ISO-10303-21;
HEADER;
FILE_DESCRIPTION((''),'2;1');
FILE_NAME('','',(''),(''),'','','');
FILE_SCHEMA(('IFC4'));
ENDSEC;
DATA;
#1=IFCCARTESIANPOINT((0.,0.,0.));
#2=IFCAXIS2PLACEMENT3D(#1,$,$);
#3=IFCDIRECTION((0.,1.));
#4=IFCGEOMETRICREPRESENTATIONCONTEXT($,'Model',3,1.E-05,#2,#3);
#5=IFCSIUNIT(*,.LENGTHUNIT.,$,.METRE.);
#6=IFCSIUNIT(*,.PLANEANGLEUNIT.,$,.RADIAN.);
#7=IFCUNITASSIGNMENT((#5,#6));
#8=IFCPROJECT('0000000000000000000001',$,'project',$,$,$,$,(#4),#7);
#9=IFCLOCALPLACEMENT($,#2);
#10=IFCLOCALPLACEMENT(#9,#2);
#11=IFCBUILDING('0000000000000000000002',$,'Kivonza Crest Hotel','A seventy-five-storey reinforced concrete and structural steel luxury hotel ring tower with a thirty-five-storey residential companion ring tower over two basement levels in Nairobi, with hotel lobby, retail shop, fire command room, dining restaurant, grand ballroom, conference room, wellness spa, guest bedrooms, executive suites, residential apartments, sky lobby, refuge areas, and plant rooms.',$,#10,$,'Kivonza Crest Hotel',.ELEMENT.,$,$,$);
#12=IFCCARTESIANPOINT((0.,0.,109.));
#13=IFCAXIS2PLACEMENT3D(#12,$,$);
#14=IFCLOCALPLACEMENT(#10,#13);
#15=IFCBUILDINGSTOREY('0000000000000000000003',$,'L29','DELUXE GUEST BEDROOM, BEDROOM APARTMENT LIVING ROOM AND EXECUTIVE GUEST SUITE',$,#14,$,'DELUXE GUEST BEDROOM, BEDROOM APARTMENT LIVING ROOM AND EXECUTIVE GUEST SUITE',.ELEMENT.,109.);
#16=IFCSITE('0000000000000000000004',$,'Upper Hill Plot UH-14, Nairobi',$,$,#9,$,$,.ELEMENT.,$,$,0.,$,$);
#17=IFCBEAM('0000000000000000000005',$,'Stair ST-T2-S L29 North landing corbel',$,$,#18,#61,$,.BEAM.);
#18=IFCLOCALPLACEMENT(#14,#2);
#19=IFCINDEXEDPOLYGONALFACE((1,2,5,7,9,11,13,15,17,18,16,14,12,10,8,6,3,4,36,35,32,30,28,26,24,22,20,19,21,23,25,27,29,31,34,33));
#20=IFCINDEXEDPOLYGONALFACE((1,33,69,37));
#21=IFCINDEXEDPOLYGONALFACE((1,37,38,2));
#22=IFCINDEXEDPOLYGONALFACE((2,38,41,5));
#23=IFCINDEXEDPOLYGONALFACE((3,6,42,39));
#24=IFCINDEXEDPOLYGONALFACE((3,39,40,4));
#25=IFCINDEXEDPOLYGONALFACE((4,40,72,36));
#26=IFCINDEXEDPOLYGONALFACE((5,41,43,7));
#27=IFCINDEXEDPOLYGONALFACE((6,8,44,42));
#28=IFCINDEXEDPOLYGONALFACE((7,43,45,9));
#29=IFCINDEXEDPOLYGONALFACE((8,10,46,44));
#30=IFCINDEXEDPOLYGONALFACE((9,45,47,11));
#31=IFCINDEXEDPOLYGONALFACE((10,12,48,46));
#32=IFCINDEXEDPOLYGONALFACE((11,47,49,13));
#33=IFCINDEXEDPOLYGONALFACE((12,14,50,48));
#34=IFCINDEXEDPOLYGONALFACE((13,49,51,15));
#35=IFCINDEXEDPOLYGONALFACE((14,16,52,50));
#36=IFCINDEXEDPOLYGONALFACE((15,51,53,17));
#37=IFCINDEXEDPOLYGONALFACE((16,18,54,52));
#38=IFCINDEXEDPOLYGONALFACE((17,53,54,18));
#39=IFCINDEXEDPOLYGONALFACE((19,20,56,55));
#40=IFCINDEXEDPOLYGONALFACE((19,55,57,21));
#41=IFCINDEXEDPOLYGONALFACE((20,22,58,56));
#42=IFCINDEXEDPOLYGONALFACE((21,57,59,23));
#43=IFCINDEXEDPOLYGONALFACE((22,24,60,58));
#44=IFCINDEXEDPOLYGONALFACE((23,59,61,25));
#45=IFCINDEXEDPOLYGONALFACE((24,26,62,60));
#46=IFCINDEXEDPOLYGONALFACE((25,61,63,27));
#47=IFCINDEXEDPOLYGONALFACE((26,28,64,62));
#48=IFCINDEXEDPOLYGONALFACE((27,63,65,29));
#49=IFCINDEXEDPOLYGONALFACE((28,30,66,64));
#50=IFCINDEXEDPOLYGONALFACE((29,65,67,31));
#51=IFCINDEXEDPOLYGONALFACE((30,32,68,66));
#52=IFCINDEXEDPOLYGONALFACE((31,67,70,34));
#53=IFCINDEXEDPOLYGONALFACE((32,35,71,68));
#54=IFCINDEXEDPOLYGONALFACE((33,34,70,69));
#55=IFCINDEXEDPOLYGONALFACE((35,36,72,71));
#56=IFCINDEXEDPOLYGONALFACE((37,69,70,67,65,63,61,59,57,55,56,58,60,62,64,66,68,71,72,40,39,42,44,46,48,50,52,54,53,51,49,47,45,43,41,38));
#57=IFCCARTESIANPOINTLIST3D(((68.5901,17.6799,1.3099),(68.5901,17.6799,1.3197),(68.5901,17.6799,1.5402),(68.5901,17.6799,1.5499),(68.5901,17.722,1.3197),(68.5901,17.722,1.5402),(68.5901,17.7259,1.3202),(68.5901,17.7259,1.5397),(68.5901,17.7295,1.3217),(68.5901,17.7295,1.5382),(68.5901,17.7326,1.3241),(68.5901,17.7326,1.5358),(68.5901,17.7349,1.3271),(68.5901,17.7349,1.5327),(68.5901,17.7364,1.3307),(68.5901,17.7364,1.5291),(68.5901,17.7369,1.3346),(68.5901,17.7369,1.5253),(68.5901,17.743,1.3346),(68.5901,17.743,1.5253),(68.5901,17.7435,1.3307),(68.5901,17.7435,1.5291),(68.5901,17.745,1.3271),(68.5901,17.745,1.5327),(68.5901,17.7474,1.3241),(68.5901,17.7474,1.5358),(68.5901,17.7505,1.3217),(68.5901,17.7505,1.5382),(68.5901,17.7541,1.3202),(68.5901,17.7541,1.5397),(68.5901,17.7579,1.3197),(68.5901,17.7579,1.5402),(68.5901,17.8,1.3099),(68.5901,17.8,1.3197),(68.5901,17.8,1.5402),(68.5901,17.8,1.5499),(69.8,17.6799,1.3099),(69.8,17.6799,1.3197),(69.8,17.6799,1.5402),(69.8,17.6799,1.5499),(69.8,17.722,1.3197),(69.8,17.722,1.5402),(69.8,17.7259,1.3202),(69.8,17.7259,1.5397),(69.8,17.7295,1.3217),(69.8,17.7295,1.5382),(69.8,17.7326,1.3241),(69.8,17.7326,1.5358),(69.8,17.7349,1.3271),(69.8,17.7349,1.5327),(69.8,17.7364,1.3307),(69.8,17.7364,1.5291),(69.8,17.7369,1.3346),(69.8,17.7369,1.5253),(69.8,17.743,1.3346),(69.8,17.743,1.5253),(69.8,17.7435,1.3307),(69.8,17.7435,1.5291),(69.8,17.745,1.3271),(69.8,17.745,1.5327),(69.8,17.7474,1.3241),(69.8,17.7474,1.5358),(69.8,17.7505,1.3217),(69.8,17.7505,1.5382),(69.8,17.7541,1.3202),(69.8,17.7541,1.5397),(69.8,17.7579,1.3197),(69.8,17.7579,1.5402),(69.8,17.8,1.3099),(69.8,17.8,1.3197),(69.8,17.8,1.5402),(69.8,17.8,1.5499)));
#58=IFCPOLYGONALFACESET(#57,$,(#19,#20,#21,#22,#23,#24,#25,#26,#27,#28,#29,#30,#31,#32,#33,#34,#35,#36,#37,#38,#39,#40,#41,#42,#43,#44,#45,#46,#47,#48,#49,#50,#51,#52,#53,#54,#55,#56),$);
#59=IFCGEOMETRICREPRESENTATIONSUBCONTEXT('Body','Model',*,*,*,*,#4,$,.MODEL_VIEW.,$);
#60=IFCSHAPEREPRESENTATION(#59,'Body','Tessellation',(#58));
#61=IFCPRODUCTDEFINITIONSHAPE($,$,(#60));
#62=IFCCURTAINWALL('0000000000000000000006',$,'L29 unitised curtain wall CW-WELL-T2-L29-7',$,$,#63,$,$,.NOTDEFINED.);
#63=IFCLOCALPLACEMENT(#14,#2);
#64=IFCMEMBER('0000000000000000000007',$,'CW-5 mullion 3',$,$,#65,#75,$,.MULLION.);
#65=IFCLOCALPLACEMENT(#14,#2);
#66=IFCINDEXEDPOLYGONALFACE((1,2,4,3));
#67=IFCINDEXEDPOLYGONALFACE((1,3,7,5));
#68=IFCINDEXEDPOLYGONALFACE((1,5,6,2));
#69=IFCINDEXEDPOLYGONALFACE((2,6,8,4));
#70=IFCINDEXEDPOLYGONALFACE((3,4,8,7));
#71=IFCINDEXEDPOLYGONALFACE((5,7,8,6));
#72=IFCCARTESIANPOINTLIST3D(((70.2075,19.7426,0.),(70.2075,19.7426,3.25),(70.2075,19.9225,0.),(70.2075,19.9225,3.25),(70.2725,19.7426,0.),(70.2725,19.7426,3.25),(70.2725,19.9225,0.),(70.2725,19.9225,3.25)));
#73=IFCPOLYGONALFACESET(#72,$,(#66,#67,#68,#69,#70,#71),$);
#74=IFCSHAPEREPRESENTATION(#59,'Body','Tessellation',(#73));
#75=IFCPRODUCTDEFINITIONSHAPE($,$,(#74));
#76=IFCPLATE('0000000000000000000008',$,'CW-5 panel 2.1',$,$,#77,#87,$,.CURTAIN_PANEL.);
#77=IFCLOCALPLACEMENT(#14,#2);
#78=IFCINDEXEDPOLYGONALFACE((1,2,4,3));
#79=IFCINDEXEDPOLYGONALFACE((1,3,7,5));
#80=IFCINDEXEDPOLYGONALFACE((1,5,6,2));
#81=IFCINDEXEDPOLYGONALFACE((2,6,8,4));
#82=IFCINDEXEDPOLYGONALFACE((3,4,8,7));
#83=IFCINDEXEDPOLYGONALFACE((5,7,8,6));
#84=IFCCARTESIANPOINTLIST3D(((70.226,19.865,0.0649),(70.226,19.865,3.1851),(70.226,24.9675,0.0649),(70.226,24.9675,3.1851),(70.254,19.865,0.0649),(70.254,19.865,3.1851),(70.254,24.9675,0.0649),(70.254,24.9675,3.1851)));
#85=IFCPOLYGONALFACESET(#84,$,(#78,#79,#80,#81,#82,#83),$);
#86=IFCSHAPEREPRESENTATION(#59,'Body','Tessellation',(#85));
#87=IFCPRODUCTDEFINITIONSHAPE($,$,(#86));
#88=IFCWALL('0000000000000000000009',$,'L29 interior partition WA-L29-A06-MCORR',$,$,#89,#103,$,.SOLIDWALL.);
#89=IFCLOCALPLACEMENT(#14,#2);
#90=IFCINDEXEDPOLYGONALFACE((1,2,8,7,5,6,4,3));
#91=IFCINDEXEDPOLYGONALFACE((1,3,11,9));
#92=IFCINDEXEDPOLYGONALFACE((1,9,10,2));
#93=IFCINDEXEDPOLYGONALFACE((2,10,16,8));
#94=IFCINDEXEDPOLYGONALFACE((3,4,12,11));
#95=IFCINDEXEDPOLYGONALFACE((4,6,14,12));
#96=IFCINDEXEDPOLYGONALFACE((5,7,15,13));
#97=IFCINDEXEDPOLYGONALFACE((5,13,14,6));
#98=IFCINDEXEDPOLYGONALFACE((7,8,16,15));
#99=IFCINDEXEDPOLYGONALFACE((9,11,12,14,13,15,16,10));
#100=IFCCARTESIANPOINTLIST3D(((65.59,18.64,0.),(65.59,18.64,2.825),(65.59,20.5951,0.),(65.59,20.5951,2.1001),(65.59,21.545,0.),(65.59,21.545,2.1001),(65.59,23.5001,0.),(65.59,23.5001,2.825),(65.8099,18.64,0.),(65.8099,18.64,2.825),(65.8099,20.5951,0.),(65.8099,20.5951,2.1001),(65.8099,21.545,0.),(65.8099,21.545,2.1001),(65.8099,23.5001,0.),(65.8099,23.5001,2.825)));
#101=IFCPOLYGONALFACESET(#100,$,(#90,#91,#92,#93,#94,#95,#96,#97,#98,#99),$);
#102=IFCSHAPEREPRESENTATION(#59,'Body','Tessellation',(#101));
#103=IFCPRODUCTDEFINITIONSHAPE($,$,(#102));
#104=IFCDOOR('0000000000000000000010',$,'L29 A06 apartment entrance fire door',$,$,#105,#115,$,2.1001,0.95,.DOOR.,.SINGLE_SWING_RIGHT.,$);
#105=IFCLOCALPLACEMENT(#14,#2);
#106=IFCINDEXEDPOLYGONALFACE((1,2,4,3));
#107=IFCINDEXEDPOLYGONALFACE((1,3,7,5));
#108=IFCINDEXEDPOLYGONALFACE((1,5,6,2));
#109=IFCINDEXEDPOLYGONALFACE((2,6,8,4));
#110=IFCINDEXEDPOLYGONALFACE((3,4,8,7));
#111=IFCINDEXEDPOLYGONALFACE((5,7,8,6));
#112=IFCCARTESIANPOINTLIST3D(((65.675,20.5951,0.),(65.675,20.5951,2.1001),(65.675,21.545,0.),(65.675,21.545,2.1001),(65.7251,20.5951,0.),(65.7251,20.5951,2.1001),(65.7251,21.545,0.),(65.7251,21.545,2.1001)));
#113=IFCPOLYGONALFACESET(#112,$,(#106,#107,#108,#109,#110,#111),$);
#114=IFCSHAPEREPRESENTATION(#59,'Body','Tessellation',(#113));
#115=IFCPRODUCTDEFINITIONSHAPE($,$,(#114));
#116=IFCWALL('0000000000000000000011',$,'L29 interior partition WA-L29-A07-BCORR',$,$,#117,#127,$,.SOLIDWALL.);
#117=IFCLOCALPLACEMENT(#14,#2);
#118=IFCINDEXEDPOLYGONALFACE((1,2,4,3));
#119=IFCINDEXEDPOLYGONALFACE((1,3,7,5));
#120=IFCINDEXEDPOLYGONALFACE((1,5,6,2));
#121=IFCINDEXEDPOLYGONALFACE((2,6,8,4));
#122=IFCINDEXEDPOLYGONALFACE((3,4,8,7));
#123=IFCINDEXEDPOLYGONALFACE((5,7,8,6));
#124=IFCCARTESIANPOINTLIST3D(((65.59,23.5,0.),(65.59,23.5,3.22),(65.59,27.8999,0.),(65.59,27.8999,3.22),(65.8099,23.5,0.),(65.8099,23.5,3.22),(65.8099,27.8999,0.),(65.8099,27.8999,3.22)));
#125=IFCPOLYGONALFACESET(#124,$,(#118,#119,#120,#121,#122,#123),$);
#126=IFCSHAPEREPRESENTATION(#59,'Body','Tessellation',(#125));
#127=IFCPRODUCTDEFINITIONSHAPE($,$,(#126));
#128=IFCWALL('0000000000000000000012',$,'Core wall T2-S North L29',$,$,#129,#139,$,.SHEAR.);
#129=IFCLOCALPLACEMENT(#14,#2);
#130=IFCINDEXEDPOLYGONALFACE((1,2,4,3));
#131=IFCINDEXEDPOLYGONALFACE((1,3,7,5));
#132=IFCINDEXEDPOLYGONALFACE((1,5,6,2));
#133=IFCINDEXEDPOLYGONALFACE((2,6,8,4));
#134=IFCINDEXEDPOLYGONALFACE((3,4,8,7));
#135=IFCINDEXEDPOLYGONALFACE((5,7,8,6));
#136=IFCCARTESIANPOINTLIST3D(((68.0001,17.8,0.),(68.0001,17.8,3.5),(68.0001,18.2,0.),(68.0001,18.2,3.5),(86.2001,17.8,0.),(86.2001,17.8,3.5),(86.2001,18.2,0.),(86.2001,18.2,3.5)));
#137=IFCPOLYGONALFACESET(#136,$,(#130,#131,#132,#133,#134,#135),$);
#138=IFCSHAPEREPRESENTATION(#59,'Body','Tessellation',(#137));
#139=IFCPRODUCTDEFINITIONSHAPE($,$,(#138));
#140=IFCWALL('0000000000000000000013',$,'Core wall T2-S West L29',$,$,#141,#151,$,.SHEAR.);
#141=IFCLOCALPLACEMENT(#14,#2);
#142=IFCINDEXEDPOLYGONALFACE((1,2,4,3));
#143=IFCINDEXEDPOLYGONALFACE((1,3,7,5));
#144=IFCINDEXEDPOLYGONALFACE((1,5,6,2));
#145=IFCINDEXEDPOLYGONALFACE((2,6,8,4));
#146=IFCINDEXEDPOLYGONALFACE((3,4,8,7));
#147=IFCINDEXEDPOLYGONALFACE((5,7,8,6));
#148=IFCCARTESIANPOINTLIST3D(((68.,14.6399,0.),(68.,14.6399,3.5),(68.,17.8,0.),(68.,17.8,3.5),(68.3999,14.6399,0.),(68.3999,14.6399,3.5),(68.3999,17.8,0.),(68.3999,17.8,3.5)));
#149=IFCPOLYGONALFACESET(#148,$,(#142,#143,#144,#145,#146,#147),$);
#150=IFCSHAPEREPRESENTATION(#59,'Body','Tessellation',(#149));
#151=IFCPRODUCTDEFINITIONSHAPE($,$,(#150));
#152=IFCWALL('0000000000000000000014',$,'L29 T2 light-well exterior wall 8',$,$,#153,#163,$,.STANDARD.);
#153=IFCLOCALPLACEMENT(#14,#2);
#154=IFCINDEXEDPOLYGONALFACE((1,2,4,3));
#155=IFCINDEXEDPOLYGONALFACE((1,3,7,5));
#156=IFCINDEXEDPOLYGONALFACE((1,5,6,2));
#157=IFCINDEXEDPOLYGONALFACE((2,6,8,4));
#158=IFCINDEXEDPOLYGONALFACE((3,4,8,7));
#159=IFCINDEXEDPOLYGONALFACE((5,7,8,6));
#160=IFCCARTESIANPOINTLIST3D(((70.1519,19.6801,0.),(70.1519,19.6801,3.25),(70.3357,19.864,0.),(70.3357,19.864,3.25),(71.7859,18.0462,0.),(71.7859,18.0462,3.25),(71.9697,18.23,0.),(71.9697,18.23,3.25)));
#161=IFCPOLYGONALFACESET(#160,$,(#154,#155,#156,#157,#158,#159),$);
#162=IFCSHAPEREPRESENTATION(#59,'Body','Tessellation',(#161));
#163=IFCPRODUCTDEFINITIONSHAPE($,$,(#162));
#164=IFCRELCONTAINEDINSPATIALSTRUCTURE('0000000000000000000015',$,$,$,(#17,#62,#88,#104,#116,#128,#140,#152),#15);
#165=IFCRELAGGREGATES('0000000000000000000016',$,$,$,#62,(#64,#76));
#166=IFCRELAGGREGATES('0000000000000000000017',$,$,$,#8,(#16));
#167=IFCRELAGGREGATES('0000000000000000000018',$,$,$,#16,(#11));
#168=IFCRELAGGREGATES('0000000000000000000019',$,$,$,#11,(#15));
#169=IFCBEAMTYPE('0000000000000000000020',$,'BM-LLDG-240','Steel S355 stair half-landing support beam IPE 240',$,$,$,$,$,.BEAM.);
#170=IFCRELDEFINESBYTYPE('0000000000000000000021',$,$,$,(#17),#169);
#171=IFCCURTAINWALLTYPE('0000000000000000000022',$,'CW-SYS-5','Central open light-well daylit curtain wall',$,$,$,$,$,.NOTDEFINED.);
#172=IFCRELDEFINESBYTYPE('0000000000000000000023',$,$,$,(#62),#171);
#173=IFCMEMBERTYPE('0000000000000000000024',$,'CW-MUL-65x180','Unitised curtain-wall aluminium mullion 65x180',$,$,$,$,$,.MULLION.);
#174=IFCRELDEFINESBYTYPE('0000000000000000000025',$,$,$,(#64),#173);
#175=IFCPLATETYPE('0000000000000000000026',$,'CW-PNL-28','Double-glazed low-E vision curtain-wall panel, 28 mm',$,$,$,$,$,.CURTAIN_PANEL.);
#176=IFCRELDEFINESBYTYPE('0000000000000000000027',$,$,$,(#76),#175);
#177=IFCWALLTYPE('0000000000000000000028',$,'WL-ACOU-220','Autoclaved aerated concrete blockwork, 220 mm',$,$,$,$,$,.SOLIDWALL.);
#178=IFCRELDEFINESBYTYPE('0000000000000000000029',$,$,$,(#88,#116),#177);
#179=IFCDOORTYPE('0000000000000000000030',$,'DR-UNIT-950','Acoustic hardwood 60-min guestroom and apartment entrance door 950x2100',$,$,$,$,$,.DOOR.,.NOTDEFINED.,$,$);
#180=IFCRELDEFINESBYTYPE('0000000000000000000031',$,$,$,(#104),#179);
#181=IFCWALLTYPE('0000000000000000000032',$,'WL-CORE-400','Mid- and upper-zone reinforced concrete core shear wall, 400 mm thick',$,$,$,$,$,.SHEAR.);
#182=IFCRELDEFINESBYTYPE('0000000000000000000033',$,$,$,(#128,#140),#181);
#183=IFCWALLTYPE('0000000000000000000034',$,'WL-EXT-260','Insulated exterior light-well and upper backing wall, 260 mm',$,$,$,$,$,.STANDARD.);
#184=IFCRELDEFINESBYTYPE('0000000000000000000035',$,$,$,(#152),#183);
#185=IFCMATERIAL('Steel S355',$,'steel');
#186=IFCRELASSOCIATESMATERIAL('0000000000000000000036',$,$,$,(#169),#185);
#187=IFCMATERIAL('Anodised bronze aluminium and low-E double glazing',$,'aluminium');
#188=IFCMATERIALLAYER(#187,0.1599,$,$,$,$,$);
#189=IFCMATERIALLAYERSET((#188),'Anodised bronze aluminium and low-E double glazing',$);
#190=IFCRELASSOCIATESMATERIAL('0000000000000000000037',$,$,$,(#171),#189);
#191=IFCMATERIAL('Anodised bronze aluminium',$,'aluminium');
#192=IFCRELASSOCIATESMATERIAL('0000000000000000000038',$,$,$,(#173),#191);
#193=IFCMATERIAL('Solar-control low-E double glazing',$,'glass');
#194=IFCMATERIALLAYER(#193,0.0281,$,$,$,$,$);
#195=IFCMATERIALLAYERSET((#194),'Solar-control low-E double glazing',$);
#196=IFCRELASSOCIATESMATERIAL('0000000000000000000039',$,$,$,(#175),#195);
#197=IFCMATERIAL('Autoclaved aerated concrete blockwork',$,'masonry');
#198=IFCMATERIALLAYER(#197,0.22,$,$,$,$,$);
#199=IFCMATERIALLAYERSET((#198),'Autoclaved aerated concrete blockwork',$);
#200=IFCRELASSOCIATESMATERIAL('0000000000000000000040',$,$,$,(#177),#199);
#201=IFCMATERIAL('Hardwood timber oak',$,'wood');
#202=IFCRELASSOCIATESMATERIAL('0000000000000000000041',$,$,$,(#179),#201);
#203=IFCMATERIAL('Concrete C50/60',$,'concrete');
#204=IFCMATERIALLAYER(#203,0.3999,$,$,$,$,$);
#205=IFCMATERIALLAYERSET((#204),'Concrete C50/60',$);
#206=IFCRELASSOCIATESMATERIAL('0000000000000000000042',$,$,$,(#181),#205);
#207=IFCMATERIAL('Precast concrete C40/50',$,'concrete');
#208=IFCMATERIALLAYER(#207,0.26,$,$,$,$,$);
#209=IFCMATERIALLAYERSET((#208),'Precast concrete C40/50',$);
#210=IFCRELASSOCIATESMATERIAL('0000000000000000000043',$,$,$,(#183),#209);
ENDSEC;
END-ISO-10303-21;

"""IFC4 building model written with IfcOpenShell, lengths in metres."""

from ifc_helpers import new_model, si_unit, direction, frame, frame_2d, origin, origin_2d, place, context, subcontext, project, spatial, rectangle, i_section, extrude, material, layer, layer_set, material_profile, profile_set, type_object, element, fill, aggregate, save


model = new_model("IFC4")

# Units and contexts
model_context = context("Model", 3, precision=1e-05, world=origin(), true_north=direction((0.0, 1.0)))
body_context = subcontext(model_context, "Body", "Model", "MODEL_VIEW")
ifc_project = project(units=[si_unit("LENGTHUNIT", "METRE"), si_unit("PLANEANGLEUNIT", "RADIAN")], contexts=[model_context])

# Site, building, storey
site_placement = place(None, origin())
site = spatial("IfcSite", under=ifc_project, at=site_placement, Name="Upper Hill Plot UH-14, Nairobi", CompositionType="ELEMENT", RefElevation=0.0)
building_placement = place(site_placement, origin())
building = spatial("IfcBuilding", under=site, at=building_placement, Name="Kivonza Crest Hotel", Description="A seventy-five-storey reinforced concrete and structural steel luxury hotel ring tower with a thirty-five-storey residential companion ring tower over two basement levels in Nairobi, with hotel lobby, retail shop, fire command room, dining restaurant, grand ballroom, conference room, wellness spa, guest bedrooms, executive suites, residential apartments, sky lobby, refuge areas, and plant rooms.", LongName="Kivonza Crest Hotel", CompositionType="ELEMENT")
storey_placement = place(building_placement, frame((0.0, 0.0, 109.0)))
storey = spatial("IfcBuildingStorey", under=building, at=storey_placement, Name="L29", Description="DELUXE GUEST BEDROOM, BEDROOM APARTMENT LIVING ROOM AND EXECUTIVE GUEST SUITE", LongName="DELUXE GUEST BEDROOM, BEDROOM APARTMENT LIVING ROOM AND EXECUTIVE GUEST SUITE", CompositionType="ELEMENT", Elevation=109.0)

# Shared definitions
ifc_material_1 = material(Name="Concrete C50/60", Category="concrete")

# Beam
ifc_material_2 = material(Name="Steel S355", Category="steel")
ifc_material_profile_1 = material_profile(ifc_material_2, i_section(OverallWidth=0.1201, OverallDepth=0.24, WebThickness=0.0061, FlangeThickness=0.0098, FilletRadius=0.0149, at=origin_2d()), Name="IPE 240")
ifc_profile_set_1 = profile_set([ifc_material_profile_1], Name="Steel S355")
beam_type_1 = type_object("IfcBeamType", Name="BM-LLDG-240", Description="Steel S355 stair half-landing support beam IPE 240", PredefinedType="BEAM", material=ifc_profile_set_1)
for number, where, z_axis, x_axis, name in (
    (1, (68.5901, 17.74, 1.4299), (1.0, 0.0, 0.0), (0.0, 1.0, 0.0), "Stair ST-T2-S L29 North landing corbel"),
):
    element("IfcBeam", number, at=place(storey_placement, frame(where, z_axis=z_axis, x_axis=x_axis)), inside=storey, type_object=beam_type_1, Name=name, PredefinedType="BEAM", context=body_context, shape_type="SweptSolid", body=[
        extrude(i_section(OverallWidth=0.1201, OverallDepth=0.24, WebThickness=0.0061, FlangeThickness=0.0098, FilletRadius=0.0149, at=origin_2d()), origin(), (0.0, 0.0, 1.0), 1.21),
    ])

# Curtain wall, member, plate
ifc_material_3 = material(Name="Anodised bronze aluminium and low-E double glazing", Category="aluminium")
ifc_layer_1 = layer(ifc_material_3, 0.1599)
ifc_layer_set_1 = layer_set([ifc_layer_1], Name="Anodised bronze aluminium and low-E double glazing")
curtain_wall_type = type_object("IfcCurtainWallType", Name="CW-SYS-5", Description="Central open light-well daylit curtain wall", PredefinedType="NOTDEFINED", material=ifc_layer_set_1)
curtain_wall_placement = place(storey_placement, origin())
curtain_wall = element("IfcCurtainWall", 2, at=curtain_wall_placement, inside=storey, type_object=curtain_wall_type, Name="L29 unitised curtain wall CW-WELL-T2-L29-7", PredefinedType="NOTDEFINED")
ifc_material_4 = material(Name="Anodised bronze aluminium", Category="aluminium")
ifc_material_profile_2 = material_profile(ifc_material_4, rectangle(XDim=0.0649, YDim=0.1799, at=origin_2d()), Name="CW-M 65x180")
ifc_profile_set_2 = profile_set([ifc_material_profile_2], Name="Anodised bronze aluminium")
member_type = type_object("IfcMemberType", Name="CW-MUL-65x180", Description="Unitised curtain-wall aluminium mullion 65x180", PredefinedType="MULLION", material=ifc_profile_set_2)
member_placement = place(storey_placement, frame((70.24, 19.8325, 0.0), z_axis=(0.0, 0.0, 1.0), x_axis=(1.0, 0.0, 0.0)))
member = element("IfcMember", 3, at=member_placement, type_object=member_type, Name="CW-5 mullion 3", PredefinedType="MULLION", context=body_context, shape_type="SweptSolid", body=[
    extrude(rectangle(XDim=0.0649, YDim=0.1799, at=origin_2d()), origin(), (0.0, 0.0, 1.0), 3.25),
])
ifc_material_5 = material(Name="Solar-control low-E double glazing", Category="glass")
ifc_layer_2 = layer(ifc_material_5, 0.0281)
ifc_layer_set_2 = layer_set([ifc_layer_2], Name="Solar-control low-E double glazing")
plate_type = type_object("IfcPlateType", Name="CW-PNL-28", Description="Double-glazed low-E vision curtain-wall panel, 28 mm", PredefinedType="CURTAIN_PANEL", material=ifc_layer_set_2)
plate_placement = place(storey_placement, frame((70.24, 22.4163, 0.0649), z_axis=(0.0, 0.0, 1.0), x_axis=(0.0, -1.0, 0.0)))
plate = element("IfcPlate", 4, at=plate_placement, type_object=plate_type, Name="CW-5 panel 2.1", PredefinedType="CURTAIN_PANEL", context=body_context, shape_type="SweptSolid", body=[
    extrude(rectangle(XDim=5.1025, YDim=0.0281, at=origin_2d()), origin(), (0.0, 0.0, 1.0), 3.1201),
])
aggregate(curtain_wall, [member, plate])

# Wall, opening, door
ifc_material_6 = material(Name="Autoclaved aerated concrete blockwork", Category="masonry")
ifc_layer_3 = layer(ifc_material_6, 0.22)
ifc_layer_set_3 = layer_set([ifc_layer_3], Name="Autoclaved aerated concrete blockwork")
wall_type_1 = type_object("IfcWallType", Name="WL-ACOU-220", Description="Autoclaved aerated concrete blockwork, 220 mm", PredefinedType="SOLIDWALL", material=ifc_layer_set_3)
wall_1_placement = place(storey_placement, frame((65.7, 18.6399, 0.0), z_axis=(0.0, 0.0, 1.0), x_axis=(0.0, 1.0, 0.0)))
wall_1 = element("IfcWall", 5, at=wall_1_placement, inside=storey, type_object=wall_type_1, Name="L29 interior partition WA-L29-A06-MCORR", PredefinedType="SOLIDWALL", context=body_context, shape_type="SweptSolid", body=[
    extrude(rectangle(XDim=4.8601, YDim=0.22, at=frame_2d((2.4302, 0.0))), origin(), (0.0, 0.0, 1.0), 2.825),
])
opening_1_placement = place(wall_1_placement, frame((1.9551, 0.0, 0.0)))
opening_1 = element("IfcOpeningElement", 6, at=opening_1_placement, cuts=wall_1, PredefinedType="OPENING", context=body_context, shape_type="SweptSolid", body=[
    extrude(rectangle(XDim=0.95, YDim=2.1001, at=frame_2d((0.4751, 1.05))), frame((0.0, 0.1201, 0.0), z_axis=(0.0, -1.0, 0.0), x_axis=(1.0, 0.0, 0.0)), (0.0, 0.0, 1.0), 0.24),
])
ifc_material_7 = material(Name="Hardwood timber oak", Category="wood")
door_type_1 = type_object("IfcDoorType", Name="DR-UNIT-950", Description="Acoustic hardwood 60-min guestroom and apartment entrance door 950x2100", OperationType="NOTDEFINED", PredefinedType="DOOR", material=ifc_material_7)
door_1_placement = place(opening_1_placement, origin())
door_1 = element("IfcDoor", 7, at=door_1_placement, inside=storey, type_object=door_type_1, Name="L29 A06 apartment entrance fire door", OperationType="SINGLE_SWING_RIGHT", OverallHeight=2.1001, OverallWidth=0.95, PredefinedType="DOOR", context=body_context, shape_type="SweptSolid", body=[
    extrude(rectangle(XDim=0.95, YDim=2.1001, at=frame_2d((0.4751, 1.05))), frame((0.0, 0.0249, 0.0), z_axis=(0.0, -1.0, 0.0), x_axis=(1.0, 0.0, 0.0)), (0.0, 0.0, 1.0), 0.05),
])
fill(opening_1, door_1)

# Wall
wall_2_placement = place(storey_placement, frame((65.7, 23.5, 0.0), z_axis=(0.0, 0.0, 1.0), x_axis=(0.0, 1.0, 0.0)))
element("IfcWall", 8, at=wall_2_placement, inside=storey, type_object=wall_type_1, Name="L29 interior partition WA-L29-A07-BCORR", PredefinedType="SOLIDWALL", context=body_context, shape_type="SweptSolid", body=[
    extrude(rectangle(XDim=4.3999, YDim=0.22, at=frame_2d((2.2, 0.0))), origin(), (0.0, 0.0, 1.0), 3.22),
])

# Shared definitions
ifc_layer_4 = layer(ifc_material_1, 0.3999)
ifc_layer_set_4 = layer_set([ifc_layer_4], Name="Concrete C50/60")
wall_type_2 = type_object("IfcWallType", Name="WL-CORE-400", Description="Mid- and upper-zone reinforced concrete core shear wall, 400 mm thick", PredefinedType="SHEAR", material=ifc_layer_set_4)

# Walls
wall_3_placement = place(storey_placement, frame((68.0, 18.0, 0.0), z_axis=(0.0, 0.0, 1.0), x_axis=(1.0, 0.0, 0.0)))
element("IfcWall", 9, at=wall_3_placement, inside=storey, type_object=wall_type_2, Name="Core wall T2-S North L29", PredefinedType="SHEAR", context=body_context, shape_type="SweptSolid", body=[
    extrude(rectangle(XDim=18.2, YDim=0.3999, at=frame_2d((9.1001, 0.0))), origin(), (0.0, 0.0, 1.0), 3.5),
])
wall_4_placement = place(storey_placement, frame((68.2, 14.6399, 0.0), z_axis=(0.0, 0.0, 1.0), x_axis=(0.0, 1.0, 0.0)))
element("IfcWall", 10, at=wall_4_placement, inside=storey, type_object=wall_type_2, Name="Core wall T2-S West L29", PredefinedType="SHEAR", context=body_context, shape_type="SweptSolid", body=[
    extrude(rectangle(XDim=3.1602, YDim=0.3999, at=frame_2d((1.5801, 0.0))), origin(), (0.0, 0.0, 1.0), 3.5),
])
ifc_material_8 = material(Name="Precast concrete C40/50", Category="concrete")
ifc_layer_5 = layer(ifc_material_8, 0.26)
ifc_layer_set_5 = layer_set([ifc_layer_5], Name="Precast concrete C40/50")
wall_type_3 = type_object("IfcWallType", Name="WL-EXT-260", Description="Insulated exterior light-well and upper backing wall, 260 mm", PredefinedType="STANDARD", material=ifc_layer_set_5)
wall_5_placement = place(storey_placement, frame((70.2439, 19.772, 0.0), z_axis=(0.0, 0.0, 1.0), x_axis=(0.707107, -0.707107, 0.0)))
element("IfcWall", 11, at=wall_5_placement, inside=storey, type_object=wall_type_3, Name="L29 T2 light-well exterior wall 8", PredefinedType="STANDARD", context=body_context, shape_type="SweptSolid", body=[
    extrude(rectangle(XDim=2.3108, YDim=0.26, at=frame_2d((1.1553, 0.0))), origin(), (0.0, 0.0, 1.0), 3.25),
])

save(model, "model.ifc")
